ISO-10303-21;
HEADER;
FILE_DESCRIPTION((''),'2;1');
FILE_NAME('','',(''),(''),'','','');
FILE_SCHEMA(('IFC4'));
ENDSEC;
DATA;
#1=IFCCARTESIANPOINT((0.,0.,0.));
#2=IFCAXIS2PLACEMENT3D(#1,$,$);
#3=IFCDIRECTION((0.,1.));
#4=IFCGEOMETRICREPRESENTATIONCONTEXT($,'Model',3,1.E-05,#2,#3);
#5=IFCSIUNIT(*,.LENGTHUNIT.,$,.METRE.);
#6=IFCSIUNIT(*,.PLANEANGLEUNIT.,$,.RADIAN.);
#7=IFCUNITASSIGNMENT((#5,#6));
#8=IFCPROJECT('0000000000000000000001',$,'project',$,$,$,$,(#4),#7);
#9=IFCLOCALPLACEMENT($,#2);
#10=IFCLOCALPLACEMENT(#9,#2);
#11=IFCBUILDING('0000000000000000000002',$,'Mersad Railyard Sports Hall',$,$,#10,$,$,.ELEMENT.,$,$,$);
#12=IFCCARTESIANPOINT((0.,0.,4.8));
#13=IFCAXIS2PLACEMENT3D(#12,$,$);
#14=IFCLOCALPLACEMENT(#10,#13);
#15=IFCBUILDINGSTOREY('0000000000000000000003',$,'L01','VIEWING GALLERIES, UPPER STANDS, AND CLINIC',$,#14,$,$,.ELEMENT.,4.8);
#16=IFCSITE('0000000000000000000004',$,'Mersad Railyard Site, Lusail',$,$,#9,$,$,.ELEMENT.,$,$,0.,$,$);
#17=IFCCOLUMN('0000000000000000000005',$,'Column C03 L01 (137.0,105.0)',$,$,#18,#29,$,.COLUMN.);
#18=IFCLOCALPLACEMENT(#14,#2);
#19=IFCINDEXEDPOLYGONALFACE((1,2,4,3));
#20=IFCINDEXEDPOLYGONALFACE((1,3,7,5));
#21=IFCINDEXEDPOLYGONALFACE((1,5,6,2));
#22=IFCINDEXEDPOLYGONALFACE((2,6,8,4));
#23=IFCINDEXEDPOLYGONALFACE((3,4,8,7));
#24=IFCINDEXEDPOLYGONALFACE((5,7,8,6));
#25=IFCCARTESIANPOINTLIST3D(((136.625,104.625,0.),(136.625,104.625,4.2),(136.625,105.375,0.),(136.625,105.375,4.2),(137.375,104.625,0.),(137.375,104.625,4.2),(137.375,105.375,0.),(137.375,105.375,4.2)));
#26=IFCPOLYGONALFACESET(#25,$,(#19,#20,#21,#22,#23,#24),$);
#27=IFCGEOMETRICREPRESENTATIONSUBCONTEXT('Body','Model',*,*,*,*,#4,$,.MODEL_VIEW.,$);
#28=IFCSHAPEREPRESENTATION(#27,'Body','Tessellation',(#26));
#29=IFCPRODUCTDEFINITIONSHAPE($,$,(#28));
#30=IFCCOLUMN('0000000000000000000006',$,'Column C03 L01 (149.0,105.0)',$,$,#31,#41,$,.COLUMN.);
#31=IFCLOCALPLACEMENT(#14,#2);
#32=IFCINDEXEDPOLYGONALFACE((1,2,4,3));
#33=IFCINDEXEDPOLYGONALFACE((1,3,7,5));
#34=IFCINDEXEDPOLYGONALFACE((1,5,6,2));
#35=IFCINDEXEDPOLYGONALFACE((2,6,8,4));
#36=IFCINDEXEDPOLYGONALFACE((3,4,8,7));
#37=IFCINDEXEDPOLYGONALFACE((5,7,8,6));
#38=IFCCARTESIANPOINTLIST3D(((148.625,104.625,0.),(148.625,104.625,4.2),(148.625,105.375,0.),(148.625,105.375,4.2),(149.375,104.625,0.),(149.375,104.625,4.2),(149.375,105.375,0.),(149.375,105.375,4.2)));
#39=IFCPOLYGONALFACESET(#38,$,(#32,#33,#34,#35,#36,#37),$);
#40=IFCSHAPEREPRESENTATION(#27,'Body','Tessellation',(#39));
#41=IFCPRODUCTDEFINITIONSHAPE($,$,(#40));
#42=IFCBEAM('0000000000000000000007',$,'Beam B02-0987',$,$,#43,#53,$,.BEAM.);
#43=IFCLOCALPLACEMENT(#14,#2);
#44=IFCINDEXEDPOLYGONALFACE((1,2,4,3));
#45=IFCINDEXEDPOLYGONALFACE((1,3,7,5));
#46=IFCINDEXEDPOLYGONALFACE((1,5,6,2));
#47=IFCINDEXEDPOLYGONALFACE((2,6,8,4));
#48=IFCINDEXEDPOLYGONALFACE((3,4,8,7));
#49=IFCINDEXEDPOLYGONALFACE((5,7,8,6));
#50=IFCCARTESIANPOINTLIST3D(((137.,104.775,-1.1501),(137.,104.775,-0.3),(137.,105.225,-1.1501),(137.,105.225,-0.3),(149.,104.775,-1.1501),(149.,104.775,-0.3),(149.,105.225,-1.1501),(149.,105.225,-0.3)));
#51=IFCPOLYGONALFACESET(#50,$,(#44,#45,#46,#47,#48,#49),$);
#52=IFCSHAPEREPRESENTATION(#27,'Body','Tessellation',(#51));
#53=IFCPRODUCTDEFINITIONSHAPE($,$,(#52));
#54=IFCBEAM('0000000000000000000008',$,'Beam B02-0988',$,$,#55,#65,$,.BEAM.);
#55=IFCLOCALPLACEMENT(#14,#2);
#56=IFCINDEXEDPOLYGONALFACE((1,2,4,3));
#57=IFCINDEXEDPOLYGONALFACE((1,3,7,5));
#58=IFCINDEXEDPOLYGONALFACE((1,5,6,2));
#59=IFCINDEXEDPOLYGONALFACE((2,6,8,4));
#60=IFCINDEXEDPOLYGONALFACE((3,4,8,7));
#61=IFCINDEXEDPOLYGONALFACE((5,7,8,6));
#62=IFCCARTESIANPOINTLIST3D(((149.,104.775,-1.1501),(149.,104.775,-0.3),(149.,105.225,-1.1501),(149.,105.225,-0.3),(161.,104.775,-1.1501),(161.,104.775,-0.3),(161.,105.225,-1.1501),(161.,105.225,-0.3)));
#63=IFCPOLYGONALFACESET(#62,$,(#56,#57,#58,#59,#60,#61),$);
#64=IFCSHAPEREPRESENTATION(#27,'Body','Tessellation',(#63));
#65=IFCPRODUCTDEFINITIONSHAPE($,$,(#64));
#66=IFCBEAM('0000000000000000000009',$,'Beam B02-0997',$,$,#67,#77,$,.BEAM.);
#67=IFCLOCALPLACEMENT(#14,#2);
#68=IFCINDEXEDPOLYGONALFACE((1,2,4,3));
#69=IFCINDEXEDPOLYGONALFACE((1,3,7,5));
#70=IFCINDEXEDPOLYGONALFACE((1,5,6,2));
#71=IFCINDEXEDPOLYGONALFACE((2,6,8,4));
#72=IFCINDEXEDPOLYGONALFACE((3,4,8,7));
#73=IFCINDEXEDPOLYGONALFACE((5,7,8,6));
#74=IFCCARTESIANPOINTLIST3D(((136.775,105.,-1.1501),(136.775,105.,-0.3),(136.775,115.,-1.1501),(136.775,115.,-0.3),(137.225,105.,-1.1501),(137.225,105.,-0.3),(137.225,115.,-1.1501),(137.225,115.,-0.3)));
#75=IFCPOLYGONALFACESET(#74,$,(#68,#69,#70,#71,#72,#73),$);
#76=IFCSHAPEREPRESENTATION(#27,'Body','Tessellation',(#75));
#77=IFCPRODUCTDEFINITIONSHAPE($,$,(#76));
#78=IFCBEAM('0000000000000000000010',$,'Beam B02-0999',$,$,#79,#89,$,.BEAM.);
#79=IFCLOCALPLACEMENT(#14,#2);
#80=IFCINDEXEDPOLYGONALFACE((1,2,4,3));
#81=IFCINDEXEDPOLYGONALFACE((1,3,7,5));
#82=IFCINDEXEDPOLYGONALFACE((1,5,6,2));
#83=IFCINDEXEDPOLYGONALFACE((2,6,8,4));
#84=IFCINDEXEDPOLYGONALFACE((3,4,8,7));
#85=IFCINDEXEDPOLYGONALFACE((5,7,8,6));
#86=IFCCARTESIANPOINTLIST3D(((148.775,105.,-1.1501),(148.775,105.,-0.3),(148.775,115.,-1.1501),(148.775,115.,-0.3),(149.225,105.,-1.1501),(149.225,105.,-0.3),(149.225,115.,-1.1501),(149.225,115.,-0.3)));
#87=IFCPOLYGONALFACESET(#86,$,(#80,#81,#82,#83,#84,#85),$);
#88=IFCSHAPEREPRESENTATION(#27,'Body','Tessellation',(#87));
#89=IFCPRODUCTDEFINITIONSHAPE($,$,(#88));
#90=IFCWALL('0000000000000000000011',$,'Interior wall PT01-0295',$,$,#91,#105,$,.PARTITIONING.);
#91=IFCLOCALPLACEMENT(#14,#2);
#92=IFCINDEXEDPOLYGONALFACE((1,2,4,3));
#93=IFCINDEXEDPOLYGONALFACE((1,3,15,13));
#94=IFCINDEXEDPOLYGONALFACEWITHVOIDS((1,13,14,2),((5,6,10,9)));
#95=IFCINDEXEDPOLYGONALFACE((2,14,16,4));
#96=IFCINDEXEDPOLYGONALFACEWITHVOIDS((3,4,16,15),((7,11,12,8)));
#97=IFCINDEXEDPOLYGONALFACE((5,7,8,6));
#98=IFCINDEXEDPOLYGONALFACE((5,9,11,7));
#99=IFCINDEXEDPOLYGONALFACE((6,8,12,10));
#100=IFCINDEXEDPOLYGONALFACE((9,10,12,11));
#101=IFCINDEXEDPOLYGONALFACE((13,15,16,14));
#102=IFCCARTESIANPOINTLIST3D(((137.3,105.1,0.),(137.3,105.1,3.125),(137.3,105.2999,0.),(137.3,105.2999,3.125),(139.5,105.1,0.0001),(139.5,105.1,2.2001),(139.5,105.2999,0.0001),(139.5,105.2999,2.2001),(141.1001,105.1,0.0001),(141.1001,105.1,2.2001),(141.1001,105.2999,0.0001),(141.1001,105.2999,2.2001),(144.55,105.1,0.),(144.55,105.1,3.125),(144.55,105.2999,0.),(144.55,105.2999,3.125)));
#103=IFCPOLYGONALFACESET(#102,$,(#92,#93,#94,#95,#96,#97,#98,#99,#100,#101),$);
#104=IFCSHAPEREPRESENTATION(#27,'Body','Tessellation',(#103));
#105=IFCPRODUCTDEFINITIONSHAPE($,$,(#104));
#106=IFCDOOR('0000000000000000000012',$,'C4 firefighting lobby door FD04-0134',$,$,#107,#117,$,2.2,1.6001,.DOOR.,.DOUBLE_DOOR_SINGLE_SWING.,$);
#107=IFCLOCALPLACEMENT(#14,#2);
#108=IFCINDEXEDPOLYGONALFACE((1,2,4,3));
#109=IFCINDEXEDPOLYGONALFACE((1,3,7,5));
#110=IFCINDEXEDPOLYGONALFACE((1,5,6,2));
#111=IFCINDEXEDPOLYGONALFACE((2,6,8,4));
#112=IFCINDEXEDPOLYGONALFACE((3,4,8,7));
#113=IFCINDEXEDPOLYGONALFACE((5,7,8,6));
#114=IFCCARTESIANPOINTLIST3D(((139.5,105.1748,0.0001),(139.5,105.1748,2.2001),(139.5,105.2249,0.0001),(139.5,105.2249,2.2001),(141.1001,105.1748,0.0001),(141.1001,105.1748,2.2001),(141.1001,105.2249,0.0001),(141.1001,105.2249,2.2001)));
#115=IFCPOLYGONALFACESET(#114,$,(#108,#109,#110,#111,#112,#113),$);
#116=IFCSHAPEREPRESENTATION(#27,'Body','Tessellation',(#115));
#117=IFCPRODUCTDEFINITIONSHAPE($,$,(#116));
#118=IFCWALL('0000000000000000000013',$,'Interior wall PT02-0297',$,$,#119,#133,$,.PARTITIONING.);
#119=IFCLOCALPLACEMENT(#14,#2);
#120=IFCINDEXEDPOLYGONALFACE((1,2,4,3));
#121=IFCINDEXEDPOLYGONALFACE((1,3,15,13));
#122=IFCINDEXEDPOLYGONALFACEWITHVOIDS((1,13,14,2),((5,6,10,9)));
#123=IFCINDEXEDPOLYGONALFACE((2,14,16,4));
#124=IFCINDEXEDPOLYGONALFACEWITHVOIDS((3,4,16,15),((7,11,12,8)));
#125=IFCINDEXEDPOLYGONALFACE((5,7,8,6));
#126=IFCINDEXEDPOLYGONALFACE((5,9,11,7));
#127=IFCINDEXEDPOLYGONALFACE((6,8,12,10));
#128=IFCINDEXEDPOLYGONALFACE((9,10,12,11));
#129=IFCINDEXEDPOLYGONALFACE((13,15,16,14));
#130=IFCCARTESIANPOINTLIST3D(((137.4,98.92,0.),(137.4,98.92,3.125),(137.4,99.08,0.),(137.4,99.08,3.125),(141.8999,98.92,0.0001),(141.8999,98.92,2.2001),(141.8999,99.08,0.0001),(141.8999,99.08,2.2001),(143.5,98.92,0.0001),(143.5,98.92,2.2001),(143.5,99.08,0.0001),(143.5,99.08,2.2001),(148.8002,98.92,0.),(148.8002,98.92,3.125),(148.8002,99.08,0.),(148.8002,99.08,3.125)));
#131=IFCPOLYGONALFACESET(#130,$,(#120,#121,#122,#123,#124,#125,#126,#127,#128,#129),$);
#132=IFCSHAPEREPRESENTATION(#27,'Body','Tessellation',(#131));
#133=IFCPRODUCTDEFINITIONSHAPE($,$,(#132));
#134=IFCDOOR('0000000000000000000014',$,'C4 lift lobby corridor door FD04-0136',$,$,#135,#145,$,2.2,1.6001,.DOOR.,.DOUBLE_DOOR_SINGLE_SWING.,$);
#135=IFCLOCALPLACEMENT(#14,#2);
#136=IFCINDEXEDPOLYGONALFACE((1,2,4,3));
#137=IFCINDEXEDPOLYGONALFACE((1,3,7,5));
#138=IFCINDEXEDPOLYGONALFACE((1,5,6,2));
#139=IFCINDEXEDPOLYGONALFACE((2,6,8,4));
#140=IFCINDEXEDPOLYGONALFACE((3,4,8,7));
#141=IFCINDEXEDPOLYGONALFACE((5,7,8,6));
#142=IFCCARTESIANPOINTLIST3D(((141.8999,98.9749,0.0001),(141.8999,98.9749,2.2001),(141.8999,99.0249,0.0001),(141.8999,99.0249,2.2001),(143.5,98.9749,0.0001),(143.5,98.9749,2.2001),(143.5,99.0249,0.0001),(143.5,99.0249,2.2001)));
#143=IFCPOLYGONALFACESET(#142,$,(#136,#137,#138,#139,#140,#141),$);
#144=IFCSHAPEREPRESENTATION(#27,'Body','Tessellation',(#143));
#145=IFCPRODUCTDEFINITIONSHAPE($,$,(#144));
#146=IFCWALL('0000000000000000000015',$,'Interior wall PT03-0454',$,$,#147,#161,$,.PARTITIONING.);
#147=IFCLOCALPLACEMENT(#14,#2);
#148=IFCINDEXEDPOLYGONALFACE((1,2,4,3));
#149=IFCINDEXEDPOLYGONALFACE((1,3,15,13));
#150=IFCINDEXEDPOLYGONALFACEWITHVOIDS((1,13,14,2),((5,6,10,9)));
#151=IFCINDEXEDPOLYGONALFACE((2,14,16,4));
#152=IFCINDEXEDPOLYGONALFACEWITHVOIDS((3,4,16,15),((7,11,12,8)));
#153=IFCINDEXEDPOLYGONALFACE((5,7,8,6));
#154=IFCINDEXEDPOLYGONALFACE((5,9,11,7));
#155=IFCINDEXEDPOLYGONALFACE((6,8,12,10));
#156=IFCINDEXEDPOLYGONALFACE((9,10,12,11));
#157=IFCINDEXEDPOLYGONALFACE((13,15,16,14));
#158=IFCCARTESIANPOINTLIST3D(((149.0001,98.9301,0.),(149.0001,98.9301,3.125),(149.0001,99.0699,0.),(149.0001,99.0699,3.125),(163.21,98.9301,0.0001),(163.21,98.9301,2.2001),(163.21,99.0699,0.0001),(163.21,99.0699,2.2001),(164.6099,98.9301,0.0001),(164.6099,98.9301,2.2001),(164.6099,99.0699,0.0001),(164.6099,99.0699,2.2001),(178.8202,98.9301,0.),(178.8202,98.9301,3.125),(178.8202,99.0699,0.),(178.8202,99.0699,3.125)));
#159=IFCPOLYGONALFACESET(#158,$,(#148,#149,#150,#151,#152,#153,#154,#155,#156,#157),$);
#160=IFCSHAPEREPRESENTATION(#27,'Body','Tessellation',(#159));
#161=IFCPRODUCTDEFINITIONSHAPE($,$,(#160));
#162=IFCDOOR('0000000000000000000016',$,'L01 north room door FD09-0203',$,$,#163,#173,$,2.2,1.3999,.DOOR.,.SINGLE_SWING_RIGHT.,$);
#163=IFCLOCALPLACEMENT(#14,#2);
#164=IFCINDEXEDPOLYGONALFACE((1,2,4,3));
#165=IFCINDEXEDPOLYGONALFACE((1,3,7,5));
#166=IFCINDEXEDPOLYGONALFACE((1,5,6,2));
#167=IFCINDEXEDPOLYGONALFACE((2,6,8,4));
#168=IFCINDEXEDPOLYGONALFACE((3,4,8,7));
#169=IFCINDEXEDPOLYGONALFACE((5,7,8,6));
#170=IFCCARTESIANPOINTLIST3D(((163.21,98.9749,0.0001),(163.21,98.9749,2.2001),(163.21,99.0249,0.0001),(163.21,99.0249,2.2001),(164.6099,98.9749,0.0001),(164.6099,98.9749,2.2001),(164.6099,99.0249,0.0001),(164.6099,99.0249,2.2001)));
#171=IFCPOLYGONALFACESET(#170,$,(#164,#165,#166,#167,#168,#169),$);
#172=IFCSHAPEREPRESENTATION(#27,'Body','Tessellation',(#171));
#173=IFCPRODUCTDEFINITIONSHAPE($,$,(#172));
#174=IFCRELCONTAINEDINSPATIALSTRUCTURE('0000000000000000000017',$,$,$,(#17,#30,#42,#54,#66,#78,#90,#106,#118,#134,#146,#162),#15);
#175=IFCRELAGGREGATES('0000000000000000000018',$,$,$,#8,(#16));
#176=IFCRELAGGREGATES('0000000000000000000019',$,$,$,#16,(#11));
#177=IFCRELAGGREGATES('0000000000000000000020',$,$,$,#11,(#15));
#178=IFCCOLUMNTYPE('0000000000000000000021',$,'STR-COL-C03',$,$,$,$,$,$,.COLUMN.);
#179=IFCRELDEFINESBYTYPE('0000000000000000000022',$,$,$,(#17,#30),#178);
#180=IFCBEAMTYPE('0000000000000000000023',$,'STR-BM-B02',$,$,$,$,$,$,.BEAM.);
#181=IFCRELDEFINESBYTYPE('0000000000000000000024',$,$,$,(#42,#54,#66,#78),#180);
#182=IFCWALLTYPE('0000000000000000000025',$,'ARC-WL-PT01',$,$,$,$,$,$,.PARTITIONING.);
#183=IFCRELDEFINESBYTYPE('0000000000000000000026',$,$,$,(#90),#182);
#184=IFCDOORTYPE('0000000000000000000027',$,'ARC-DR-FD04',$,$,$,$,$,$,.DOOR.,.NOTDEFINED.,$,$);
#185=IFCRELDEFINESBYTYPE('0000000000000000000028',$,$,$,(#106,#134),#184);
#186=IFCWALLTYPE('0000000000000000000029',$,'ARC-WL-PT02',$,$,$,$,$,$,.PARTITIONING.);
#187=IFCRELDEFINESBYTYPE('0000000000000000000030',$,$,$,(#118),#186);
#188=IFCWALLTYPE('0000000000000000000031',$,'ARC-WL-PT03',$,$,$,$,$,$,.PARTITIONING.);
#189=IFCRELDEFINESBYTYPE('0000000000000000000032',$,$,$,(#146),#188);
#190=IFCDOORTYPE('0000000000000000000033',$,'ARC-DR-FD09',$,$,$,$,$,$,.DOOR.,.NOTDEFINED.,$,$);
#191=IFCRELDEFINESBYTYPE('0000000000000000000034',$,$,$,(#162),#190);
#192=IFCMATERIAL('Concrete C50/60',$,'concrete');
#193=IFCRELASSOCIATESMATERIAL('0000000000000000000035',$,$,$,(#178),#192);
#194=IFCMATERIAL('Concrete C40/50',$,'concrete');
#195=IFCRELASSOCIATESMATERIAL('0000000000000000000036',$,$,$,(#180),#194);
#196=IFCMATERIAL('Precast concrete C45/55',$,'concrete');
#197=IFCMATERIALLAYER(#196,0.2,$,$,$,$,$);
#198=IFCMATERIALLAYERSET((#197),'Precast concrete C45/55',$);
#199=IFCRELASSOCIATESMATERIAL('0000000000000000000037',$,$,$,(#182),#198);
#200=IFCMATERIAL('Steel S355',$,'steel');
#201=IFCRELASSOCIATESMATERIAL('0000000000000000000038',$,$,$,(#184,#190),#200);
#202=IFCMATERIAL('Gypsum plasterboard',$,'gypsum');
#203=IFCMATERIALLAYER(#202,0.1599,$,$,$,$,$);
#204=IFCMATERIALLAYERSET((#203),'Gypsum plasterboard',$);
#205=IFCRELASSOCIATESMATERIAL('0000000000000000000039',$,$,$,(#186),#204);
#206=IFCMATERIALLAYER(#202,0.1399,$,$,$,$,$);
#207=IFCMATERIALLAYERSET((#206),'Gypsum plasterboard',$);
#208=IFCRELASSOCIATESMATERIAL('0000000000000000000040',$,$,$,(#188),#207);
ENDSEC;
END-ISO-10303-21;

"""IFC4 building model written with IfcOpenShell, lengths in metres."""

from ifc_helpers import new_model, si_unit, direction, frame, frame_2d, origin, origin_2d, place, context, subcontext, project, spatial, rectangle, extrude, material, layer, layer_set, material_profile, profile_set, type_object, element, fill, save


model = new_model("IFC4")

# Units and contexts
model_context = context("Model", 3, precision=1e-05, world=origin(), true_north=direction((0.0, 1.0)))
body_context = subcontext(model_context, "Body", "Model", "MODEL_VIEW")
ifc_project = project(units=[si_unit("LENGTHUNIT", "METRE"), si_unit("PLANEANGLEUNIT", "RADIAN")], contexts=[model_context])

# Site, building, storey
site_placement = place(None, origin())
site = spatial("IfcSite", under=ifc_project, at=site_placement, Name="Mersad Railyard Site, Lusail", CompositionType="ELEMENT", RefElevation=0.0)
building_placement = place(site_placement, origin())
building = spatial("IfcBuilding", under=site, at=building_placement, Name="Mersad Railyard Sports Hall", CompositionType="ELEMENT")
storey_placement = place(building_placement, frame((0.0, 0.0, 4.8)))
storey = spatial("IfcBuildingStorey", under=building, at=storey_placement, Name="L01", Description="VIEWING GALLERIES, UPPER STANDS, AND CLINIC", CompositionType="ELEMENT", Elevation=4.8)

# Columns
ifc_material_1 = material(Name="Concrete C50/60", Category="concrete")
ifc_material_profile_1 = material_profile(ifc_material_1, rectangle(XDim=0.75, YDim=0.75, at=origin_2d()), Name="RC 750x750")
ifc_profile_set_1 = profile_set([ifc_material_profile_1], Name="Concrete C50/60")
column_type = type_object("IfcColumnType", Name="STR-COL-C03", PredefinedType="COLUMN", material=ifc_profile_set_1)
for number, where, z_axis, x_axis, name in (
    (1, (137.0, 105.0, 0.0), (0.0, 0.0, 1.0), (1.0, 0.0, 0.0), "Column C03 L01 (137.0,105.0)"),
    (2, (149.0, 105.0, 0.0), (0.0, 0.0, 1.0), (1.0, 0.0, 0.0), "Column C03 L01 (149.0,105.0)"),
):
    element("IfcColumn", number, at=place(storey_placement, frame(where, z_axis=z_axis, x_axis=x_axis)), inside=storey, type_object=column_type, Name=name, PredefinedType="COLUMN", context=body_context, shape_type="SweptSolid", body=[
        extrude(rectangle(XDim=0.75, YDim=0.75, at=origin_2d()), origin(), (0.0, 0.0, 1.0), 4.2),
    ])

# Beams
ifc_material_2 = material(Name="Concrete C40/50", Category="concrete")
ifc_material_profile_2 = material_profile(ifc_material_2, rectangle(XDim=0.45, YDim=0.8501, at=origin_2d()), Name="RC 450x850")
ifc_profile_set_2 = profile_set([ifc_material_profile_2], Name="Concrete C40/50")
beam_type = type_object("IfcBeamType", Name="STR-BM-B02", PredefinedType="BEAM", material=ifc_profile_set_2)
for number, where, z_axis, x_axis, name in (
    (3, (137.0, 105.0, -0.7251), (1.0, 0.0, 0.0), (0.0, 1.0, 0.0), "Beam B02-0987"),
    (4, (149.0, 105.0, -0.7251), (1.0, 0.0, 0.0), (0.0, 1.0, 0.0), "Beam B02-0988"),
):
    element("IfcBeam", number, at=place(storey_placement, frame(where, z_axis=z_axis, x_axis=x_axis)), inside=storey, type_object=beam_type, Name=name, PredefinedType="BEAM", context=body_context, shape_type="SweptSolid", body=[
        extrude(rectangle(XDim=0.45, YDim=0.8501, at=origin_2d()), origin(), (0.0, 0.0, 1.0), 12.0),
    ])
for number, where, z_axis, x_axis, name in (
    (5, (137.0, 105.0, -0.7251), (0.0, 1.0, 0.0), (-1.0, 0.0, 0.0), "Beam B02-0997"),
    (6, (149.0, 105.0, -0.7251), (0.0, 1.0, 0.0), (-1.0, 0.0, 0.0), "Beam B02-0999"),
):
    element("IfcBeam", number, at=place(storey_placement, frame(where, z_axis=z_axis, x_axis=x_axis)), inside=storey, type_object=beam_type, Name=name, PredefinedType="BEAM", context=body_context, shape_type="SweptSolid", body=[
        extrude(rectangle(XDim=0.45, YDim=0.8501, at=origin_2d()), origin(), (0.0, 0.0, 1.0), 10.0),
    ])

# Shared definitions
ifc_material_3 = material(Name="Precast concrete C45/55", Category="concrete")
ifc_layer_1 = layer(ifc_material_3, 0.2)
ifc_layer_set_1 = layer_set([ifc_layer_1], Name="Precast concrete C45/55")
wall_type_1 = type_object("IfcWallType", Name="ARC-WL-PT01", PredefinedType="PARTITIONING", material=ifc_layer_set_1)

# Walls, openings, doors
wall_1_placement = place(storey_placement, frame((137.3, 105.2, 0.0), z_axis=(0.0, 0.0, 1.0), x_axis=(1.0, 0.0, 0.0)))
wall_1 = element("IfcWall", 7, at=wall_1_placement, inside=storey, type_object=wall_type_1, Name="Interior wall PT01-0295", PredefinedType="PARTITIONING", context=body_context, shape_type="SweptSolid", body=[
    extrude(rectangle(XDim=7.25, YDim=0.2, at=frame_2d((3.625, 0.0))), origin(), (0.0, 0.0, 1.0), 3.125),
])
opening_1_placement = place(wall_1_placement, frame((2.2, 0.0, 0.0)))
opening_1 = element("IfcOpeningElement", 8, at=opening_1_placement, cuts=wall_1, PredefinedType="OPENING", context=body_context, shape_type="SweptSolid", body=[
    extrude(rectangle(XDim=1.6001, YDim=2.2, at=frame_2d((0.8, 1.1001))), frame((0.0, 0.1099, 0.0), z_axis=(0.0, -1.0, 0.0), x_axis=(1.0, 0.0, 0.0)), (0.0, 0.0, 1.0), 0.22),
])
ifc_material_4 = material(Name="Steel S355", Category="steel")
door_type_1 = type_object("IfcDoorType", Name="ARC-DR-FD04", OperationType="NOTDEFINED", PredefinedType="DOOR", material=ifc_material_4)
door_1_placement = place(opening_1_placement, origin())
door_1 = element("IfcDoor", 9, at=door_1_placement, inside=storey, type_object=door_type_1, Name="C4 firefighting lobby door FD04-0134", OperationType="DOUBLE_DOOR_SINGLE_SWING", OverallHeight=2.2, OverallWidth=1.6001, PredefinedType="DOOR", context=body_context, shape_type="SweptSolid", body=[
    extrude(rectangle(XDim=1.6001, YDim=2.2, at=frame_2d((0.8, 1.1001))), frame((0.0, 0.0249, 0.0), z_axis=(0.0, -1.0, 0.0), x_axis=(1.0, 0.0, 0.0)), (0.0, 0.0, 1.0), 0.05),
])
fill(opening_1, door_1)
ifc_material_5 = material(Name="Gypsum plasterboard", Category="gypsum")
ifc_layer_2 = layer(ifc_material_5, 0.1599)
ifc_layer_set_2 = layer_set([ifc_layer_2], Name="Gypsum plasterboard")
wall_type_2 = type_object("IfcWallType", Name="ARC-WL-PT02", PredefinedType="PARTITIONING", material=ifc_layer_set_2)
wall_2_placement = place(storey_placement, frame((137.3999, 99.0, 0.0), z_axis=(0.0, 0.0, 1.0), x_axis=(1.0, 0.0, 0.0)))
wall_2 = element("IfcWall", 10, at=wall_2_placement, inside=storey, type_object=wall_type_2, Name="Interior wall PT02-0297", PredefinedType="PARTITIONING", context=body_context, shape_type="SweptSolid", body=[
    extrude(rectangle(XDim=11.4001, YDim=0.1599, at=frame_2d((5.7002, 0.0))), origin(), (0.0, 0.0, 1.0), 3.125),
])
opening_2_placement = place(wall_2_placement, frame((4.5, 0.0, 0.0)))
opening_2 = element("IfcOpeningElement", 11, at=opening_2_placement, cuts=wall_2, PredefinedType="OPENING", context=body_context, shape_type="SweptSolid", body=[
    extrude(rectangle(XDim=1.6001, YDim=2.2, at=frame_2d((0.8, 1.1001))), frame((0.0, 0.0898, 0.0), z_axis=(0.0, -1.0, 0.0), x_axis=(1.0, 0.0, 0.0)), (0.0, 0.0, 1.0), 0.1799),
])
door_2_placement = place(opening_2_placement, origin())
door_2 = element("IfcDoor", 12, at=door_2_placement, inside=storey, type_object=door_type_1, Name="C4 lift lobby corridor door FD04-0136", OperationType="DOUBLE_DOOR_SINGLE_SWING", OverallHeight=2.2, OverallWidth=1.6001, PredefinedType="DOOR", context=body_context, shape_type="SweptSolid", body=[
    extrude(rectangle(XDim=1.6001, YDim=2.2, at=frame_2d((0.8, 1.1001))), frame((0.0, 0.0249, 0.0), z_axis=(0.0, -1.0, 0.0), x_axis=(1.0, 0.0, 0.0)), (0.0, 0.0, 1.0), 0.05),
])
fill(opening_2, door_2)
ifc_layer_3 = layer(ifc_material_5, 0.1399)
ifc_layer_set_3 = layer_set([ifc_layer_3], Name="Gypsum plasterboard")
wall_type_3 = type_object("IfcWallType", Name="ARC-WL-PT03", PredefinedType="PARTITIONING", material=ifc_layer_set_3)
wall_3_placement = place(storey_placement, frame((149.0, 99.0, 0.0), z_axis=(0.0, 0.0, 1.0), x_axis=(1.0, 0.0, 0.0)))
wall_3 = element("IfcWall", 13, at=wall_3_placement, inside=storey, type_object=wall_type_3, Name="Interior wall PT03-0454", PredefinedType="PARTITIONING", context=body_context, shape_type="SweptSolid", body=[
    extrude(rectangle(XDim=29.8201, YDim=0.1399, at=frame_2d((14.9102, 0.0))), origin(), (0.0, 0.0, 1.0), 3.125),
])
opening_3_placement = place(wall_3_placement, frame((14.21, 0.0, 0.0)))
opening_3 = element("IfcOpeningElement", 14, at=opening_3_placement, cuts=wall_3, PredefinedType="OPENING", context=body_context, shape_type="SweptSolid", body=[
    extrude(rectangle(XDim=1.3999, YDim=2.2, at=frame_2d((0.7, 1.1001))), frame((0.0, 0.0798, 0.0), z_axis=(0.0, -1.0, 0.0), x_axis=(1.0, 0.0, 0.0)), (0.0, 0.0, 1.0), 0.1599),
])
door_type_2 = type_object("IfcDoorType", Name="ARC-DR-FD09", OperationType="NOTDEFINED", PredefinedType="DOOR", material=ifc_material_4)
door_3_placement = place(opening_3_placement, origin())
door_3 = element("IfcDoor", 15, at=door_3_placement, inside=storey, type_object=door_type_2, Name="L01 north room door FD09-0203", OperationType="SINGLE_SWING_RIGHT", OverallHeight=2.2, OverallWidth=1.3999, PredefinedType="DOOR", context=body_context, shape_type="SweptSolid", body=[
    extrude(rectangle(XDim=1.3999, YDim=2.2, at=frame_2d((0.7, 1.1001))), frame((0.0, 0.0249, 0.0), z_axis=(0.0, -1.0, 0.0), x_axis=(1.0, 0.0, 0.0)), (0.0, 0.0, 1.0), 0.05),
])
fill(opening_3, door_3)

save(model, "model.ifc")
